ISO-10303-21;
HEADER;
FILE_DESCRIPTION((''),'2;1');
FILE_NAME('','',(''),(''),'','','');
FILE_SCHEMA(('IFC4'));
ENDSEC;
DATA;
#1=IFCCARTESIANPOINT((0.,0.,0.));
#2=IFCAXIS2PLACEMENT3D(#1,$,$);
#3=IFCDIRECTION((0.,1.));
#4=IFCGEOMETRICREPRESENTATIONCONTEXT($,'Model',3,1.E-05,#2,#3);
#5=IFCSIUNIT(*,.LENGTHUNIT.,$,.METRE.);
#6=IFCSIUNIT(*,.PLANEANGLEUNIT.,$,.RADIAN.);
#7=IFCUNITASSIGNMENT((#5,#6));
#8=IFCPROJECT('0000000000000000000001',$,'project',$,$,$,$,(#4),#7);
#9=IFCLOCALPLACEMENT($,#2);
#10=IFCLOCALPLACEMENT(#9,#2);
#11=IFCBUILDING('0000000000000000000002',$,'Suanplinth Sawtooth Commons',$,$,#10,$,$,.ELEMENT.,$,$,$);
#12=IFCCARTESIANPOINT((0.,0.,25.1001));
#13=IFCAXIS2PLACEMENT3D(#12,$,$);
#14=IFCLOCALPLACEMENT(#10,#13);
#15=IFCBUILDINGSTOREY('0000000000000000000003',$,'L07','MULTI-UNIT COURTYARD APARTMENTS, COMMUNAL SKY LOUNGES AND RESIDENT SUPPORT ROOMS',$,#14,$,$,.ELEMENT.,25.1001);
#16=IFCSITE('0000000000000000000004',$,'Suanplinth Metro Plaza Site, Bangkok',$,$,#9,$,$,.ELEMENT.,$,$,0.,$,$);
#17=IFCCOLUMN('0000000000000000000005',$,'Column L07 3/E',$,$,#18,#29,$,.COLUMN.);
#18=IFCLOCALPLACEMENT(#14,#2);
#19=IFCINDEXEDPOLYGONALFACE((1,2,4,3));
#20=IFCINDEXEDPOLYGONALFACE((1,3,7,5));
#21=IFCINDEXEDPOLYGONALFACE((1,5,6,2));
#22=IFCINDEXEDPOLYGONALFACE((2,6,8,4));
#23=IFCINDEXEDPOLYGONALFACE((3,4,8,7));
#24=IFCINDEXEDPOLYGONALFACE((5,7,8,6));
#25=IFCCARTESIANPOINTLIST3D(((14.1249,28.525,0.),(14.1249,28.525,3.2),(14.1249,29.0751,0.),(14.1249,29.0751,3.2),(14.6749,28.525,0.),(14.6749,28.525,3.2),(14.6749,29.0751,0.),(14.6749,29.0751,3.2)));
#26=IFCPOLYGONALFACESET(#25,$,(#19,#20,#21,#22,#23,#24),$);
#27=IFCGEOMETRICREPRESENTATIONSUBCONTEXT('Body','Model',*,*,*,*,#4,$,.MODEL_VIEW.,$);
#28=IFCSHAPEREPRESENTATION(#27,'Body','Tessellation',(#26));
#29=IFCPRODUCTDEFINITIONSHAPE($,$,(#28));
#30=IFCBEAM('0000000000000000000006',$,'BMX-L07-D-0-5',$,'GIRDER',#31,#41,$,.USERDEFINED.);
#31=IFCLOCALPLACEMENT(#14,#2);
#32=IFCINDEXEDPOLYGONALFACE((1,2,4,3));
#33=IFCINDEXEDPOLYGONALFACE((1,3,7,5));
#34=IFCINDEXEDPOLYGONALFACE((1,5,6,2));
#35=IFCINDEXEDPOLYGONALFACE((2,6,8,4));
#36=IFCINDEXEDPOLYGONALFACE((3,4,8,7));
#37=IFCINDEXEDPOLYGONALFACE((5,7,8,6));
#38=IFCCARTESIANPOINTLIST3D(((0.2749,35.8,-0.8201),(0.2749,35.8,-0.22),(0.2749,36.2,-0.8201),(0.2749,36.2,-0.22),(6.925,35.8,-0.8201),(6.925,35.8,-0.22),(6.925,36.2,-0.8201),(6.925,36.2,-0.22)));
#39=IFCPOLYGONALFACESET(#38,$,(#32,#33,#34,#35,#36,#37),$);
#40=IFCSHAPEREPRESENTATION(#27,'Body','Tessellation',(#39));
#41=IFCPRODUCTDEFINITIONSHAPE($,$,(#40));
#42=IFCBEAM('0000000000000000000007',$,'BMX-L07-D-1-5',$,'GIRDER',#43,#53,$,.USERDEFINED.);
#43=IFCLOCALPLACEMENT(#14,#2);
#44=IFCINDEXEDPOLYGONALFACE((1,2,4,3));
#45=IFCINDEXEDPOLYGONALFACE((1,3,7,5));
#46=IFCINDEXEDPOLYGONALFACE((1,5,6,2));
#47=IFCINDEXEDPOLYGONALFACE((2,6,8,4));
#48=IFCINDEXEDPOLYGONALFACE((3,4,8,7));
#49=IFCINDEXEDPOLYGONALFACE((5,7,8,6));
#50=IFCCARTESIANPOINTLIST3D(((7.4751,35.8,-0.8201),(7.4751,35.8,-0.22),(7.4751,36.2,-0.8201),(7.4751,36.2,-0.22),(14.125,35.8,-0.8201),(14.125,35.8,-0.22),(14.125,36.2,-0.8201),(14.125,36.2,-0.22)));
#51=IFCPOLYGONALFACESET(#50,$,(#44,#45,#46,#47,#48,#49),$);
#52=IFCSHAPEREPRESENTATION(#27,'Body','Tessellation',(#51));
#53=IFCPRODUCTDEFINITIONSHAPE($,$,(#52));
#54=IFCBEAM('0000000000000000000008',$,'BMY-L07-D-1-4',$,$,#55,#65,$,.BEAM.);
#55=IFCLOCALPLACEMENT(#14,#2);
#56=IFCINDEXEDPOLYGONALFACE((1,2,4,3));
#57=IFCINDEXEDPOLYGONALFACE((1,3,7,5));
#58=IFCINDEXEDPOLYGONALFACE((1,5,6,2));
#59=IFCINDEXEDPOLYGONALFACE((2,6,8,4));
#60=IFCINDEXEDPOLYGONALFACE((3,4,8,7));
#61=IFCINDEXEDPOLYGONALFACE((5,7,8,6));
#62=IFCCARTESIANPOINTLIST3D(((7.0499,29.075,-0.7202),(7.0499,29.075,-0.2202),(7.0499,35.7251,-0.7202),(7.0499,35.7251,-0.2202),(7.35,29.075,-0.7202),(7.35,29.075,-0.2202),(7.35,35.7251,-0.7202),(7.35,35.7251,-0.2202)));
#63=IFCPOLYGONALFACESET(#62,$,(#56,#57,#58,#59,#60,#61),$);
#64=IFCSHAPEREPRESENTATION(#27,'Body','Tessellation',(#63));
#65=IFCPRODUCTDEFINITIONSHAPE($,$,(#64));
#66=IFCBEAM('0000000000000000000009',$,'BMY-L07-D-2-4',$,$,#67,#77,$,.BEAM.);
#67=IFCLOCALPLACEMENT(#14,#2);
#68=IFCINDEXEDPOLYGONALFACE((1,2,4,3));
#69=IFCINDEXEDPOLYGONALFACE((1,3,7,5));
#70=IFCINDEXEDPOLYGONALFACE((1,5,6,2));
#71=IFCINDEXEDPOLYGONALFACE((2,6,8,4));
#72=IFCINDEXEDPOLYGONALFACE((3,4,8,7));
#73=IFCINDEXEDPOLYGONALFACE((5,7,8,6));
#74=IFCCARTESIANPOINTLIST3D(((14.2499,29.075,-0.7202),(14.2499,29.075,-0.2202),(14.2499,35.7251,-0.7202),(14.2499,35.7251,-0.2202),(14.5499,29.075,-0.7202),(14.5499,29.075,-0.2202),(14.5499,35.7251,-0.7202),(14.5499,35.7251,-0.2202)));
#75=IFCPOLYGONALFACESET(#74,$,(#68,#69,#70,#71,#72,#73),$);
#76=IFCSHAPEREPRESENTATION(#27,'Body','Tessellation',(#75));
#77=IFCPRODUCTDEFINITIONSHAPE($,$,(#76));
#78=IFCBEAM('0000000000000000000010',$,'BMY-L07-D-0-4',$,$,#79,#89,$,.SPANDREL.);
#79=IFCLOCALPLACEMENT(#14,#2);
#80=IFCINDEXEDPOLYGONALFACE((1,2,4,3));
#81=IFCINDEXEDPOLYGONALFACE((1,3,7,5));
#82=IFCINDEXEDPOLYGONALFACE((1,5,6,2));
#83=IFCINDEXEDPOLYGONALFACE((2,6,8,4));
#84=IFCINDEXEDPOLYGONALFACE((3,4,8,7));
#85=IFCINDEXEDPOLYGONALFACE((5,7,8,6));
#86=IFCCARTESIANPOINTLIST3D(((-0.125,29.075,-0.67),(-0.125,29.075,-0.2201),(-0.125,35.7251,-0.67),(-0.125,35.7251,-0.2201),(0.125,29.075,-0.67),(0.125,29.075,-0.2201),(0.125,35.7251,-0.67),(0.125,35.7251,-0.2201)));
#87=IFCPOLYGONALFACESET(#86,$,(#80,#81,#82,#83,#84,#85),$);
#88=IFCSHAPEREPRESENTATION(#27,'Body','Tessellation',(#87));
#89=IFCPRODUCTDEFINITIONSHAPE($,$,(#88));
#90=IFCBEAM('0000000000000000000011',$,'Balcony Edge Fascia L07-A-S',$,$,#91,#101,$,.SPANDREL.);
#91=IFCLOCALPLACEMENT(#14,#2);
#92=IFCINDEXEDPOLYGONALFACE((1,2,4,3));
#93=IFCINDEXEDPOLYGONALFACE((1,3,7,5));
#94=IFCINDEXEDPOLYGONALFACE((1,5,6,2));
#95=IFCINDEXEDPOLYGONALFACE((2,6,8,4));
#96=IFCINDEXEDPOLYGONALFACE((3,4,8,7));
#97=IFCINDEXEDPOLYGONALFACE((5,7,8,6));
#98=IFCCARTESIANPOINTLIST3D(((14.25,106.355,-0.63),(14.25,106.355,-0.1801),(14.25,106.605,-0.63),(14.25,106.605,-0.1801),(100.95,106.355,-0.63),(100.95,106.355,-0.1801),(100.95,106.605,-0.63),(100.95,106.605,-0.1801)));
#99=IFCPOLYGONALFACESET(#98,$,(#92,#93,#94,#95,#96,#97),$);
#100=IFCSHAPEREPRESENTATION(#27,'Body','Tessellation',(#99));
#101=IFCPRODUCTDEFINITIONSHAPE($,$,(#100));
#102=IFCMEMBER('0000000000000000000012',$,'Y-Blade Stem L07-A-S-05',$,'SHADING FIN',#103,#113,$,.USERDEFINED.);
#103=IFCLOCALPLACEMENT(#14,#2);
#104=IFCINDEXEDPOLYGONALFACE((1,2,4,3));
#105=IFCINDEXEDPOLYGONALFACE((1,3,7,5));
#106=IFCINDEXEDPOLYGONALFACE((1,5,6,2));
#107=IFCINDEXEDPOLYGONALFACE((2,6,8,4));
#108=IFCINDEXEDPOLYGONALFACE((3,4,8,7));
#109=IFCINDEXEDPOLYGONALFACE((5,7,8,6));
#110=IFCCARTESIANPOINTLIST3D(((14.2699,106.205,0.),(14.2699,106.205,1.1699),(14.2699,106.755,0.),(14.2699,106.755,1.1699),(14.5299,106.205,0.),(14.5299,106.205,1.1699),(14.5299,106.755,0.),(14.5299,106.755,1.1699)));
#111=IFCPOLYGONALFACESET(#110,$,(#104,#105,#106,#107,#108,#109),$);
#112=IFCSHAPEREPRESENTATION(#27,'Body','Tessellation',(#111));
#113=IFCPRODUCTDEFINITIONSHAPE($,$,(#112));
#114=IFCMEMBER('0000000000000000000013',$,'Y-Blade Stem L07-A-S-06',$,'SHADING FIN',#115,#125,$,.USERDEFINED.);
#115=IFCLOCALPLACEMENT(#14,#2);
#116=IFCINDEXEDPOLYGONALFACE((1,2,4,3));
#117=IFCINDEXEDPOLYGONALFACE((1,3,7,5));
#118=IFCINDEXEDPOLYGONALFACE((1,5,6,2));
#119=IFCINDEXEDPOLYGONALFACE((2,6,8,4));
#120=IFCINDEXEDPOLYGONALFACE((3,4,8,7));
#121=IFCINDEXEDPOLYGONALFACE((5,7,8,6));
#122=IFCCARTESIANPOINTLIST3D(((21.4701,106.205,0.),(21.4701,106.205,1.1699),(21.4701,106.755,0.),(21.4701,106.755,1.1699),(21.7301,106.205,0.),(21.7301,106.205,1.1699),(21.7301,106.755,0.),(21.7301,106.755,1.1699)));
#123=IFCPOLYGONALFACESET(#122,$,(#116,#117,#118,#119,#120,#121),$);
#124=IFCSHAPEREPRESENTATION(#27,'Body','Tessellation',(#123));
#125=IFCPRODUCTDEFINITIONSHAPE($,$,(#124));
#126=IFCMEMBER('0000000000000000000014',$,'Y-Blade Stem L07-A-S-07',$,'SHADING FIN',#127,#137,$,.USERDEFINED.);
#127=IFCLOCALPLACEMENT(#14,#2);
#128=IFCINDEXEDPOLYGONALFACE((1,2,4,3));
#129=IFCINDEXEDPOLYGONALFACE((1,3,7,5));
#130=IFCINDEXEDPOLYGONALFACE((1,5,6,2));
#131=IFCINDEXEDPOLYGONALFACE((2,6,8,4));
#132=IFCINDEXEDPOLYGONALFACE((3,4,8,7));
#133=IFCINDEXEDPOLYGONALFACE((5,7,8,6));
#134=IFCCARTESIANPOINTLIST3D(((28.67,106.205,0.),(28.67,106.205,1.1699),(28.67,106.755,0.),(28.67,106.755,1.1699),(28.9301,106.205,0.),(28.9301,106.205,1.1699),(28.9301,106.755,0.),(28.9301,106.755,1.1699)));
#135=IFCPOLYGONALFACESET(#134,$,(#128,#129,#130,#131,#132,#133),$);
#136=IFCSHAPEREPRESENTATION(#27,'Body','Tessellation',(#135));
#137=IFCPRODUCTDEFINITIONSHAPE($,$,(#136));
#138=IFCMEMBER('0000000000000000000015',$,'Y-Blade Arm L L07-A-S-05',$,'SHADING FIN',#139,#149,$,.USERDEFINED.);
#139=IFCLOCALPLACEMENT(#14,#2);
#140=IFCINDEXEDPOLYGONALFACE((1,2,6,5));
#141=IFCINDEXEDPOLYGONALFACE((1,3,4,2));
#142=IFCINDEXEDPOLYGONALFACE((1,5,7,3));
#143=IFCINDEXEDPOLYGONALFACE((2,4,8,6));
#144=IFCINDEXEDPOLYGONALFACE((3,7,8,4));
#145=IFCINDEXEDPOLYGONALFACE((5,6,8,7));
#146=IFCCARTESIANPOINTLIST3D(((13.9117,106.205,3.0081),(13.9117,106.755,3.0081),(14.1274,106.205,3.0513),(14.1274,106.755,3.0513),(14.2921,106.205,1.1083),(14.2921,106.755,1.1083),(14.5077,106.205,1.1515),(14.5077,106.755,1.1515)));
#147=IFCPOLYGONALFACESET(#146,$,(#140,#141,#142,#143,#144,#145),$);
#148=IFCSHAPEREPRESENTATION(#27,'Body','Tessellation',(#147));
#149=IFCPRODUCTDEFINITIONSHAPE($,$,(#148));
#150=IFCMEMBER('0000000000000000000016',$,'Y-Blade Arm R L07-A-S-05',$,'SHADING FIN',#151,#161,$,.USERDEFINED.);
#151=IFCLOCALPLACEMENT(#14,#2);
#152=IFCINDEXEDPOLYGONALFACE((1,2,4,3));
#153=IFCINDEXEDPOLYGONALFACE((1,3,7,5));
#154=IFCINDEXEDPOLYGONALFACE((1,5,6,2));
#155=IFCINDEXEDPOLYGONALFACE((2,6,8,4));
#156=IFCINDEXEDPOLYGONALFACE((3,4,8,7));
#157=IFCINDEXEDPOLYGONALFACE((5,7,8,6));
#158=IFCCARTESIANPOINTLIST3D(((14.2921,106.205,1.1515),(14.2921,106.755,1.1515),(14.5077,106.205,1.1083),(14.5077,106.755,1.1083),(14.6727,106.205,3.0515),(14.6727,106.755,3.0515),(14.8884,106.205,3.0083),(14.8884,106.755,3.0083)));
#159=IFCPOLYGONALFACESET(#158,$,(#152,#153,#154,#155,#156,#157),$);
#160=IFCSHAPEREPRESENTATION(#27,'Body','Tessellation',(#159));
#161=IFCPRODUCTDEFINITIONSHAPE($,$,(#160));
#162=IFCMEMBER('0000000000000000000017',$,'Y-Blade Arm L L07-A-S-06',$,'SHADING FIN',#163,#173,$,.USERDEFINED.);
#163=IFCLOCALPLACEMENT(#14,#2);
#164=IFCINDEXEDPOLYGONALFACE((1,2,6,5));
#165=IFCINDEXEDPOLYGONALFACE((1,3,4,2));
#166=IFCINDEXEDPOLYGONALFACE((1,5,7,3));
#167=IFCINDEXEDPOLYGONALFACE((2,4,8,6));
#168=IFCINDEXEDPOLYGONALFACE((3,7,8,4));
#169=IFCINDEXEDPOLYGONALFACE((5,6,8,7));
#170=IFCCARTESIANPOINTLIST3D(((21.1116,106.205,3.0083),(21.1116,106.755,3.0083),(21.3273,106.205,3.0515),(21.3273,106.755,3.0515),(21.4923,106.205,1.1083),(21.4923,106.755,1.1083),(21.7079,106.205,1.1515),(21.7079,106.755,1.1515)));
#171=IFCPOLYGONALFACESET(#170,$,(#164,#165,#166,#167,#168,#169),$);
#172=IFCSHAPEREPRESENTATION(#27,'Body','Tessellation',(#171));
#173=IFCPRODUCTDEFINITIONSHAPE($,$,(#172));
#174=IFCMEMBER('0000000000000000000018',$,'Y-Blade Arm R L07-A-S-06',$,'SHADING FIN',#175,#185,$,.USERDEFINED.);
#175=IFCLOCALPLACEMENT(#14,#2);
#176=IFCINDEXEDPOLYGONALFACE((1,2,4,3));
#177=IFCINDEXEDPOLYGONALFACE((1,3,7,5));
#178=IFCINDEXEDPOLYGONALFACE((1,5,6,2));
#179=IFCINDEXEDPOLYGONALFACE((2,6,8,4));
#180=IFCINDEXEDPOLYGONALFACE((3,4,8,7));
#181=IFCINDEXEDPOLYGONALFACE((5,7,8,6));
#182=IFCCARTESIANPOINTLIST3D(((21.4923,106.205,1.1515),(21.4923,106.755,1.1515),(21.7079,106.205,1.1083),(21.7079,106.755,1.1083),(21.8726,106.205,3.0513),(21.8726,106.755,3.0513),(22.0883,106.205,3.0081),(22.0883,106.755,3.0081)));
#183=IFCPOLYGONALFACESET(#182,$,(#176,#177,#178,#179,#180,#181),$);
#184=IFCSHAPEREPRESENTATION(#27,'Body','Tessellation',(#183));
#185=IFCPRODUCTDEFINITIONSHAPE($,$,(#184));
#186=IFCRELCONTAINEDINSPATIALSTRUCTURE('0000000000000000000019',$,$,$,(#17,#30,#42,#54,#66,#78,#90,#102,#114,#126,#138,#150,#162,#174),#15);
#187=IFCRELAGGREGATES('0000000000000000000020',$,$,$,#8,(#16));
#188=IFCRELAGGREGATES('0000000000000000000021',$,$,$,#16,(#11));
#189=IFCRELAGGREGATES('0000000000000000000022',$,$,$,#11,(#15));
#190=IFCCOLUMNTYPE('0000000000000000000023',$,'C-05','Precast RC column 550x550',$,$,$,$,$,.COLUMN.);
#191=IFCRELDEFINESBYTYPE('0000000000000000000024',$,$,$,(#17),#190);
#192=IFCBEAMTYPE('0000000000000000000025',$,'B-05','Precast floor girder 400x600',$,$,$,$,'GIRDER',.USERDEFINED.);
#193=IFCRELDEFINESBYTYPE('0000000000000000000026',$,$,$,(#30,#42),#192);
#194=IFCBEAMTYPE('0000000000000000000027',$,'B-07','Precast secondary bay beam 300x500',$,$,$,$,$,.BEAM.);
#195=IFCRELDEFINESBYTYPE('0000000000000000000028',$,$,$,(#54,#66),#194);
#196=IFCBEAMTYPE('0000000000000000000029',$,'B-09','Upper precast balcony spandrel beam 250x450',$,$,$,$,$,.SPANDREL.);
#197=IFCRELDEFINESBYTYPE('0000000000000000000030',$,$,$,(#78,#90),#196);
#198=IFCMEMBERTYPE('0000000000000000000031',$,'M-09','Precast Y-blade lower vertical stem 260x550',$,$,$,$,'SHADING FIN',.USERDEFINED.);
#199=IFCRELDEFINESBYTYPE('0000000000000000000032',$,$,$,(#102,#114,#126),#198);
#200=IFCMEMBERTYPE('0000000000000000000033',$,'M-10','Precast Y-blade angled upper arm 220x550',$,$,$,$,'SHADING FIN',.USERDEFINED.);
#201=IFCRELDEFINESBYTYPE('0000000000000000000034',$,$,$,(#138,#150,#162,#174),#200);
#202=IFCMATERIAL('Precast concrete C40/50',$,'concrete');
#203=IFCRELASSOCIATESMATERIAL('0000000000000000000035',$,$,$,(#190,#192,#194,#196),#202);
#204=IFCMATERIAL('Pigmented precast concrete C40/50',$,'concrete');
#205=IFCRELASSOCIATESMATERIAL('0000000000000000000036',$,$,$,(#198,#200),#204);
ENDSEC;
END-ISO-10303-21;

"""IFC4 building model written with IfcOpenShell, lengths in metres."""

from ifc_helpers import new_model, si_unit, direction, frame, origin, origin_2d, place, context, subcontext, project, spatial, rectangle, extrude, material, material_profile, profile_set, type_object, element, save


model = new_model("IFC4")

# Units and contexts
model_context = context("Model", 3, precision=1e-05, world=origin(), true_north=direction((0.0, 1.0)))
body_context = subcontext(model_context, "Body", "Model", "MODEL_VIEW")
ifc_project = project(units=[si_unit("LENGTHUNIT", "METRE"), si_unit("PLANEANGLEUNIT", "RADIAN")], contexts=[model_context])

# Site, building, storey
site_placement = place(None, origin())
site = spatial("IfcSite", under=ifc_project, at=site_placement, Name="Suanplinth Metro Plaza Site, Bangkok", CompositionType="ELEMENT", RefElevation=0.0)
building_placement = place(site_placement, origin())
building = spatial("IfcBuilding", under=site, at=building_placement, Name="Suanplinth Sawtooth Commons", CompositionType="ELEMENT")
storey_placement = place(building_placement, frame((0.0, 0.0, 25.1001)))
storey = spatial("IfcBuildingStorey", under=building, at=storey_placement, Name="L07", Description="MULTI-UNIT COURTYARD APARTMENTS, COMMUNAL SKY LOUNGES AND RESIDENT SUPPORT ROOMS", CompositionType="ELEMENT", Elevation=25.1001)

# Column
ifc_material_1 = material(Name="Precast concrete C40/50", Category="concrete")
ifc_material_profile_1 = material_profile(ifc_material_1, rectangle(XDim=0.55, YDim=0.55, at=origin_2d()), Name="PC-COL 550x550")
ifc_profile_set_1 = profile_set([ifc_material_profile_1], Name="Precast concrete C40/50")
column_type = type_object("IfcColumnType", Name="C-05", Description="Precast RC column 550x550", PredefinedType="COLUMN", material=ifc_profile_set_1)
column_placement = place(storey_placement, frame((14.3999, 28.8, 0.0), z_axis=(0.0, 0.0, 1.0), x_axis=(1.0, 0.0, 0.0)))
element("IfcColumn", 1, at=column_placement, inside=storey, type_object=column_type, Name="Column L07 3/E", PredefinedType="COLUMN", context=body_context, shape_type="SweptSolid", body=[
    extrude(rectangle(XDim=0.55, YDim=0.55, at=origin_2d()), origin(), (0.0, 0.0, 1.0), 3.2),
])

# Beams
ifc_material_profile_2 = material_profile(ifc_material_1, rectangle(XDim=0.3999, YDim=0.6001, at=origin_2d()), Name="PC-GDR 400x600")
ifc_profile_set_2 = profile_set([ifc_material_profile_2], Name="Precast concrete C40/50")
beam_type_1 = type_object("IfcBeamType", Name="B-05", Description="Precast floor girder 400x600", ElementType="GIRDER", PredefinedType="USERDEFINED", material=ifc_profile_set_2)
beam_1_placement = place(storey_placement, frame((0.2749, 36.0, -0.52), z_axis=(1.0, 0.0, 0.0), x_axis=(0.0, 1.0, 0.0)))
element("IfcBeam", 2, at=beam_1_placement, inside=storey, type_object=beam_type_1, Name="BMX-L07-D-0-5", ObjectType="GIRDER", PredefinedType="USERDEFINED", context=body_context, shape_type="SweptSolid", body=[
    extrude(rectangle(XDim=0.3999, YDim=0.6001, at=origin_2d()), origin(), (0.0, 0.0, 1.0), 6.6501),
])
beam_2_placement = place(storey_placement, frame((7.4751, 36.0, -0.52), z_axis=(1.0, 0.0, 0.0), x_axis=(0.0, 1.0, 0.0)))
element("IfcBeam", 3, at=beam_2_placement, inside=storey, type_object=beam_type_1, Name="BMX-L07-D-1-5", ObjectType="GIRDER", PredefinedType="USERDEFINED", context=body_context, shape_type="SweptSolid", body=[
    extrude(rectangle(XDim=0.3999, YDim=0.6001, at=origin_2d()), origin(), (0.0, 0.0, 1.0), 6.6499),
])
ifc_material_profile_3 = material_profile(ifc_material_1, rectangle(XDim=0.3, YDim=0.5, at=origin_2d()), Name="PC-BM 300x500")
ifc_profile_set_3 = profile_set([ifc_material_profile_3], Name="Precast concrete C40/50")
beam_type_2 = type_object("IfcBeamType", Name="B-07", Description="Precast secondary bay beam 300x500", PredefinedType="BEAM", material=ifc_profile_set_3)
for number, where, z_axis, x_axis, name in (
    (4, (7.2, 29.075, -0.4702), (0.0, 1.0, 0.0), (-1.0, 0.0, 0.0), "BMY-L07-D-1-4"),
    (5, (14.3999, 29.075, -0.4702), (0.0, 1.0, 0.0), (-1.0, 0.0, 0.0), "BMY-L07-D-2-4"),
):
    element("IfcBeam", number, at=place(storey_placement, frame(where, z_axis=z_axis, x_axis=x_axis)), inside=storey, type_object=beam_type_2, Name=name, PredefinedType="BEAM", context=body_context, shape_type="SweptSolid", body=[
        extrude(rectangle(XDim=0.3, YDim=0.5, at=origin_2d()), origin(), (0.0, 0.0, 1.0), 6.6501),
    ])
ifc_material_profile_4 = material_profile(ifc_material_1, rectangle(XDim=0.25, YDim=0.45, at=origin_2d()), Name="PC-SP 250x450")
ifc_profile_set_4 = profile_set([ifc_material_profile_4], Name="Precast concrete C40/50")
beam_type_3 = type_object("IfcBeamType", Name="B-09", Description="Upper precast balcony spandrel beam 250x450", PredefinedType="SPANDREL", material=ifc_profile_set_4)
beam_3_placement = place(storey_placement, frame((0.0, 29.075, -0.4451), z_axis=(0.0, 1.0, 0.0), x_axis=(-1.0, 0.0, 0.0)))
element("IfcBeam", 6, at=beam_3_placement, inside=storey, type_object=beam_type_3, Name="BMY-L07-D-0-4", PredefinedType="SPANDREL", context=body_context, shape_type="SweptSolid", body=[
    extrude(rectangle(XDim=0.25, YDim=0.45, at=origin_2d()), origin(), (0.0, 0.0, 1.0), 6.6501),
])
beam_4_placement = place(storey_placement, frame((14.25, 106.48, -0.405), z_axis=(1.0, 0.0, 0.0), x_axis=(0.0, 1.0, 0.0)))
element("IfcBeam", 7, at=beam_4_placement, inside=storey, type_object=beam_type_3, Name="Balcony Edge Fascia L07-A-S", PredefinedType="SPANDREL", context=body_context, shape_type="SweptSolid", body=[
    extrude(rectangle(XDim=0.25, YDim=0.45, at=origin_2d()), origin(), (0.0, 0.0, 1.0), 86.7),
])

# Members
ifc_material_2 = material(Name="Pigmented precast concrete C40/50", Category="concrete")
ifc_material_profile_5 = material_profile(ifc_material_2, rectangle(XDim=0.26, YDim=0.55, at=origin_2d()), Name="PC-FIN 260x550")
ifc_profile_set_5 = profile_set([ifc_material_profile_5], Name="Pigmented precast concrete C40/50")
member_type_1 = type_object("IfcMemberType", Name="M-09", Description="Precast Y-blade lower vertical stem 260x550", ElementType="SHADING FIN", PredefinedType="USERDEFINED", material=ifc_profile_set_5)
for number, where, z_axis, x_axis, name in (
    (8, (14.3999, 106.48, 0.0), (0.0, 0.0, 1.0), (1.0, 0.0, 0.0), "Y-Blade Stem L07-A-S-05"),
    (9, (21.6001, 106.48, 0.0), (0.0, 0.0, 1.0), (1.0, 0.0, 0.0), "Y-Blade Stem L07-A-S-06"),
    (10, (28.8, 106.48, 0.0), (0.0, 0.0, 1.0), (1.0, 0.0, 0.0), "Y-Blade Stem L07-A-S-07"),
):
    element("IfcMember", number, at=place(storey_placement, frame(where, z_axis=z_axis, x_axis=x_axis)), inside=storey, type_object=member_type_1, Name=name, ObjectType="SHADING FIN", PredefinedType="USERDEFINED", context=body_context, shape_type="SweptSolid", body=[
        extrude(rectangle(XDim=0.26, YDim=0.55, at=origin_2d()), origin(), (0.0, 0.0, 1.0), 1.1699),
    ])
ifc_material_profile_6 = material_profile(ifc_material_2, rectangle(XDim=0.22, YDim=0.55, at=origin_2d()), Name="PC-FIN 220x550")
ifc_profile_set_6 = profile_set([ifc_material_profile_6], Name="Pigmented precast concrete C40/50")
member_type_2 = type_object("IfcMemberType", Name="M-10", Description="Precast Y-blade angled upper arm 220x550", ElementType="SHADING FIN", PredefinedType="USERDEFINED", material=ifc_profile_set_6)
member_1_placement = place(storey_placement, frame((14.3999, 106.48, 1.1299), z_axis=(-0.19631, 0.0, 0.980542), x_axis=(0.980542, 0.0, 0.19631)))
element("IfcMember", 11, at=member_1_placement, inside=storey, type_object=member_type_2, Name="Y-Blade Arm L L07-A-S-05", ObjectType="SHADING FIN", PredefinedType="USERDEFINED", context=body_context, shape_type="SweptSolid", body=[
    extrude(rectangle(XDim=0.22, YDim=0.55, at=origin_2d()), origin(), (0.0, 0.0, 1.0), 1.9375),
])
for number, where, z_axis, x_axis, name in (
    (12, (14.3999, 106.48, 1.1299), (0.196431, 0.0, 0.980518), (-0.980518, 0.0, 0.196431), "Y-Blade Arm R L07-A-S-05"),
    (13, (21.6001, 106.48, 1.1299), (-0.196431, 0.0, 0.980518), (0.980518, 0.0, 0.196431), "Y-Blade Arm L L07-A-S-06"),
):
    element("IfcMember", number, at=place(storey_placement, frame(where, z_axis=z_axis, x_axis=x_axis)), inside=storey, type_object=member_type_2, Name=name, ObjectType="SHADING FIN", PredefinedType="USERDEFINED", context=body_context, shape_type="SweptSolid", body=[
        extrude(rectangle(XDim=0.22, YDim=0.55, at=origin_2d()), origin(), (0.0, 0.0, 1.0), 1.9377),
    ])
member_2_placement = place(storey_placement, frame((21.6001, 106.48, 1.1299), z_axis=(0.19631, 0.0, 0.980542), x_axis=(-0.980542, 0.0, 0.19631)))
element("IfcMember", 14, at=member_2_placement, inside=storey, type_object=member_type_2, Name="Y-Blade Arm R L07-A-S-06", ObjectType="SHADING FIN", PredefinedType="USERDEFINED", context=body_context, shape_type="SweptSolid", body=[
    extrude(rectangle(XDim=0.22, YDim=0.55, at=origin_2d()), origin(), (0.0, 0.0, 1.0), 1.9375),
])

save(model, "model.ifc")
